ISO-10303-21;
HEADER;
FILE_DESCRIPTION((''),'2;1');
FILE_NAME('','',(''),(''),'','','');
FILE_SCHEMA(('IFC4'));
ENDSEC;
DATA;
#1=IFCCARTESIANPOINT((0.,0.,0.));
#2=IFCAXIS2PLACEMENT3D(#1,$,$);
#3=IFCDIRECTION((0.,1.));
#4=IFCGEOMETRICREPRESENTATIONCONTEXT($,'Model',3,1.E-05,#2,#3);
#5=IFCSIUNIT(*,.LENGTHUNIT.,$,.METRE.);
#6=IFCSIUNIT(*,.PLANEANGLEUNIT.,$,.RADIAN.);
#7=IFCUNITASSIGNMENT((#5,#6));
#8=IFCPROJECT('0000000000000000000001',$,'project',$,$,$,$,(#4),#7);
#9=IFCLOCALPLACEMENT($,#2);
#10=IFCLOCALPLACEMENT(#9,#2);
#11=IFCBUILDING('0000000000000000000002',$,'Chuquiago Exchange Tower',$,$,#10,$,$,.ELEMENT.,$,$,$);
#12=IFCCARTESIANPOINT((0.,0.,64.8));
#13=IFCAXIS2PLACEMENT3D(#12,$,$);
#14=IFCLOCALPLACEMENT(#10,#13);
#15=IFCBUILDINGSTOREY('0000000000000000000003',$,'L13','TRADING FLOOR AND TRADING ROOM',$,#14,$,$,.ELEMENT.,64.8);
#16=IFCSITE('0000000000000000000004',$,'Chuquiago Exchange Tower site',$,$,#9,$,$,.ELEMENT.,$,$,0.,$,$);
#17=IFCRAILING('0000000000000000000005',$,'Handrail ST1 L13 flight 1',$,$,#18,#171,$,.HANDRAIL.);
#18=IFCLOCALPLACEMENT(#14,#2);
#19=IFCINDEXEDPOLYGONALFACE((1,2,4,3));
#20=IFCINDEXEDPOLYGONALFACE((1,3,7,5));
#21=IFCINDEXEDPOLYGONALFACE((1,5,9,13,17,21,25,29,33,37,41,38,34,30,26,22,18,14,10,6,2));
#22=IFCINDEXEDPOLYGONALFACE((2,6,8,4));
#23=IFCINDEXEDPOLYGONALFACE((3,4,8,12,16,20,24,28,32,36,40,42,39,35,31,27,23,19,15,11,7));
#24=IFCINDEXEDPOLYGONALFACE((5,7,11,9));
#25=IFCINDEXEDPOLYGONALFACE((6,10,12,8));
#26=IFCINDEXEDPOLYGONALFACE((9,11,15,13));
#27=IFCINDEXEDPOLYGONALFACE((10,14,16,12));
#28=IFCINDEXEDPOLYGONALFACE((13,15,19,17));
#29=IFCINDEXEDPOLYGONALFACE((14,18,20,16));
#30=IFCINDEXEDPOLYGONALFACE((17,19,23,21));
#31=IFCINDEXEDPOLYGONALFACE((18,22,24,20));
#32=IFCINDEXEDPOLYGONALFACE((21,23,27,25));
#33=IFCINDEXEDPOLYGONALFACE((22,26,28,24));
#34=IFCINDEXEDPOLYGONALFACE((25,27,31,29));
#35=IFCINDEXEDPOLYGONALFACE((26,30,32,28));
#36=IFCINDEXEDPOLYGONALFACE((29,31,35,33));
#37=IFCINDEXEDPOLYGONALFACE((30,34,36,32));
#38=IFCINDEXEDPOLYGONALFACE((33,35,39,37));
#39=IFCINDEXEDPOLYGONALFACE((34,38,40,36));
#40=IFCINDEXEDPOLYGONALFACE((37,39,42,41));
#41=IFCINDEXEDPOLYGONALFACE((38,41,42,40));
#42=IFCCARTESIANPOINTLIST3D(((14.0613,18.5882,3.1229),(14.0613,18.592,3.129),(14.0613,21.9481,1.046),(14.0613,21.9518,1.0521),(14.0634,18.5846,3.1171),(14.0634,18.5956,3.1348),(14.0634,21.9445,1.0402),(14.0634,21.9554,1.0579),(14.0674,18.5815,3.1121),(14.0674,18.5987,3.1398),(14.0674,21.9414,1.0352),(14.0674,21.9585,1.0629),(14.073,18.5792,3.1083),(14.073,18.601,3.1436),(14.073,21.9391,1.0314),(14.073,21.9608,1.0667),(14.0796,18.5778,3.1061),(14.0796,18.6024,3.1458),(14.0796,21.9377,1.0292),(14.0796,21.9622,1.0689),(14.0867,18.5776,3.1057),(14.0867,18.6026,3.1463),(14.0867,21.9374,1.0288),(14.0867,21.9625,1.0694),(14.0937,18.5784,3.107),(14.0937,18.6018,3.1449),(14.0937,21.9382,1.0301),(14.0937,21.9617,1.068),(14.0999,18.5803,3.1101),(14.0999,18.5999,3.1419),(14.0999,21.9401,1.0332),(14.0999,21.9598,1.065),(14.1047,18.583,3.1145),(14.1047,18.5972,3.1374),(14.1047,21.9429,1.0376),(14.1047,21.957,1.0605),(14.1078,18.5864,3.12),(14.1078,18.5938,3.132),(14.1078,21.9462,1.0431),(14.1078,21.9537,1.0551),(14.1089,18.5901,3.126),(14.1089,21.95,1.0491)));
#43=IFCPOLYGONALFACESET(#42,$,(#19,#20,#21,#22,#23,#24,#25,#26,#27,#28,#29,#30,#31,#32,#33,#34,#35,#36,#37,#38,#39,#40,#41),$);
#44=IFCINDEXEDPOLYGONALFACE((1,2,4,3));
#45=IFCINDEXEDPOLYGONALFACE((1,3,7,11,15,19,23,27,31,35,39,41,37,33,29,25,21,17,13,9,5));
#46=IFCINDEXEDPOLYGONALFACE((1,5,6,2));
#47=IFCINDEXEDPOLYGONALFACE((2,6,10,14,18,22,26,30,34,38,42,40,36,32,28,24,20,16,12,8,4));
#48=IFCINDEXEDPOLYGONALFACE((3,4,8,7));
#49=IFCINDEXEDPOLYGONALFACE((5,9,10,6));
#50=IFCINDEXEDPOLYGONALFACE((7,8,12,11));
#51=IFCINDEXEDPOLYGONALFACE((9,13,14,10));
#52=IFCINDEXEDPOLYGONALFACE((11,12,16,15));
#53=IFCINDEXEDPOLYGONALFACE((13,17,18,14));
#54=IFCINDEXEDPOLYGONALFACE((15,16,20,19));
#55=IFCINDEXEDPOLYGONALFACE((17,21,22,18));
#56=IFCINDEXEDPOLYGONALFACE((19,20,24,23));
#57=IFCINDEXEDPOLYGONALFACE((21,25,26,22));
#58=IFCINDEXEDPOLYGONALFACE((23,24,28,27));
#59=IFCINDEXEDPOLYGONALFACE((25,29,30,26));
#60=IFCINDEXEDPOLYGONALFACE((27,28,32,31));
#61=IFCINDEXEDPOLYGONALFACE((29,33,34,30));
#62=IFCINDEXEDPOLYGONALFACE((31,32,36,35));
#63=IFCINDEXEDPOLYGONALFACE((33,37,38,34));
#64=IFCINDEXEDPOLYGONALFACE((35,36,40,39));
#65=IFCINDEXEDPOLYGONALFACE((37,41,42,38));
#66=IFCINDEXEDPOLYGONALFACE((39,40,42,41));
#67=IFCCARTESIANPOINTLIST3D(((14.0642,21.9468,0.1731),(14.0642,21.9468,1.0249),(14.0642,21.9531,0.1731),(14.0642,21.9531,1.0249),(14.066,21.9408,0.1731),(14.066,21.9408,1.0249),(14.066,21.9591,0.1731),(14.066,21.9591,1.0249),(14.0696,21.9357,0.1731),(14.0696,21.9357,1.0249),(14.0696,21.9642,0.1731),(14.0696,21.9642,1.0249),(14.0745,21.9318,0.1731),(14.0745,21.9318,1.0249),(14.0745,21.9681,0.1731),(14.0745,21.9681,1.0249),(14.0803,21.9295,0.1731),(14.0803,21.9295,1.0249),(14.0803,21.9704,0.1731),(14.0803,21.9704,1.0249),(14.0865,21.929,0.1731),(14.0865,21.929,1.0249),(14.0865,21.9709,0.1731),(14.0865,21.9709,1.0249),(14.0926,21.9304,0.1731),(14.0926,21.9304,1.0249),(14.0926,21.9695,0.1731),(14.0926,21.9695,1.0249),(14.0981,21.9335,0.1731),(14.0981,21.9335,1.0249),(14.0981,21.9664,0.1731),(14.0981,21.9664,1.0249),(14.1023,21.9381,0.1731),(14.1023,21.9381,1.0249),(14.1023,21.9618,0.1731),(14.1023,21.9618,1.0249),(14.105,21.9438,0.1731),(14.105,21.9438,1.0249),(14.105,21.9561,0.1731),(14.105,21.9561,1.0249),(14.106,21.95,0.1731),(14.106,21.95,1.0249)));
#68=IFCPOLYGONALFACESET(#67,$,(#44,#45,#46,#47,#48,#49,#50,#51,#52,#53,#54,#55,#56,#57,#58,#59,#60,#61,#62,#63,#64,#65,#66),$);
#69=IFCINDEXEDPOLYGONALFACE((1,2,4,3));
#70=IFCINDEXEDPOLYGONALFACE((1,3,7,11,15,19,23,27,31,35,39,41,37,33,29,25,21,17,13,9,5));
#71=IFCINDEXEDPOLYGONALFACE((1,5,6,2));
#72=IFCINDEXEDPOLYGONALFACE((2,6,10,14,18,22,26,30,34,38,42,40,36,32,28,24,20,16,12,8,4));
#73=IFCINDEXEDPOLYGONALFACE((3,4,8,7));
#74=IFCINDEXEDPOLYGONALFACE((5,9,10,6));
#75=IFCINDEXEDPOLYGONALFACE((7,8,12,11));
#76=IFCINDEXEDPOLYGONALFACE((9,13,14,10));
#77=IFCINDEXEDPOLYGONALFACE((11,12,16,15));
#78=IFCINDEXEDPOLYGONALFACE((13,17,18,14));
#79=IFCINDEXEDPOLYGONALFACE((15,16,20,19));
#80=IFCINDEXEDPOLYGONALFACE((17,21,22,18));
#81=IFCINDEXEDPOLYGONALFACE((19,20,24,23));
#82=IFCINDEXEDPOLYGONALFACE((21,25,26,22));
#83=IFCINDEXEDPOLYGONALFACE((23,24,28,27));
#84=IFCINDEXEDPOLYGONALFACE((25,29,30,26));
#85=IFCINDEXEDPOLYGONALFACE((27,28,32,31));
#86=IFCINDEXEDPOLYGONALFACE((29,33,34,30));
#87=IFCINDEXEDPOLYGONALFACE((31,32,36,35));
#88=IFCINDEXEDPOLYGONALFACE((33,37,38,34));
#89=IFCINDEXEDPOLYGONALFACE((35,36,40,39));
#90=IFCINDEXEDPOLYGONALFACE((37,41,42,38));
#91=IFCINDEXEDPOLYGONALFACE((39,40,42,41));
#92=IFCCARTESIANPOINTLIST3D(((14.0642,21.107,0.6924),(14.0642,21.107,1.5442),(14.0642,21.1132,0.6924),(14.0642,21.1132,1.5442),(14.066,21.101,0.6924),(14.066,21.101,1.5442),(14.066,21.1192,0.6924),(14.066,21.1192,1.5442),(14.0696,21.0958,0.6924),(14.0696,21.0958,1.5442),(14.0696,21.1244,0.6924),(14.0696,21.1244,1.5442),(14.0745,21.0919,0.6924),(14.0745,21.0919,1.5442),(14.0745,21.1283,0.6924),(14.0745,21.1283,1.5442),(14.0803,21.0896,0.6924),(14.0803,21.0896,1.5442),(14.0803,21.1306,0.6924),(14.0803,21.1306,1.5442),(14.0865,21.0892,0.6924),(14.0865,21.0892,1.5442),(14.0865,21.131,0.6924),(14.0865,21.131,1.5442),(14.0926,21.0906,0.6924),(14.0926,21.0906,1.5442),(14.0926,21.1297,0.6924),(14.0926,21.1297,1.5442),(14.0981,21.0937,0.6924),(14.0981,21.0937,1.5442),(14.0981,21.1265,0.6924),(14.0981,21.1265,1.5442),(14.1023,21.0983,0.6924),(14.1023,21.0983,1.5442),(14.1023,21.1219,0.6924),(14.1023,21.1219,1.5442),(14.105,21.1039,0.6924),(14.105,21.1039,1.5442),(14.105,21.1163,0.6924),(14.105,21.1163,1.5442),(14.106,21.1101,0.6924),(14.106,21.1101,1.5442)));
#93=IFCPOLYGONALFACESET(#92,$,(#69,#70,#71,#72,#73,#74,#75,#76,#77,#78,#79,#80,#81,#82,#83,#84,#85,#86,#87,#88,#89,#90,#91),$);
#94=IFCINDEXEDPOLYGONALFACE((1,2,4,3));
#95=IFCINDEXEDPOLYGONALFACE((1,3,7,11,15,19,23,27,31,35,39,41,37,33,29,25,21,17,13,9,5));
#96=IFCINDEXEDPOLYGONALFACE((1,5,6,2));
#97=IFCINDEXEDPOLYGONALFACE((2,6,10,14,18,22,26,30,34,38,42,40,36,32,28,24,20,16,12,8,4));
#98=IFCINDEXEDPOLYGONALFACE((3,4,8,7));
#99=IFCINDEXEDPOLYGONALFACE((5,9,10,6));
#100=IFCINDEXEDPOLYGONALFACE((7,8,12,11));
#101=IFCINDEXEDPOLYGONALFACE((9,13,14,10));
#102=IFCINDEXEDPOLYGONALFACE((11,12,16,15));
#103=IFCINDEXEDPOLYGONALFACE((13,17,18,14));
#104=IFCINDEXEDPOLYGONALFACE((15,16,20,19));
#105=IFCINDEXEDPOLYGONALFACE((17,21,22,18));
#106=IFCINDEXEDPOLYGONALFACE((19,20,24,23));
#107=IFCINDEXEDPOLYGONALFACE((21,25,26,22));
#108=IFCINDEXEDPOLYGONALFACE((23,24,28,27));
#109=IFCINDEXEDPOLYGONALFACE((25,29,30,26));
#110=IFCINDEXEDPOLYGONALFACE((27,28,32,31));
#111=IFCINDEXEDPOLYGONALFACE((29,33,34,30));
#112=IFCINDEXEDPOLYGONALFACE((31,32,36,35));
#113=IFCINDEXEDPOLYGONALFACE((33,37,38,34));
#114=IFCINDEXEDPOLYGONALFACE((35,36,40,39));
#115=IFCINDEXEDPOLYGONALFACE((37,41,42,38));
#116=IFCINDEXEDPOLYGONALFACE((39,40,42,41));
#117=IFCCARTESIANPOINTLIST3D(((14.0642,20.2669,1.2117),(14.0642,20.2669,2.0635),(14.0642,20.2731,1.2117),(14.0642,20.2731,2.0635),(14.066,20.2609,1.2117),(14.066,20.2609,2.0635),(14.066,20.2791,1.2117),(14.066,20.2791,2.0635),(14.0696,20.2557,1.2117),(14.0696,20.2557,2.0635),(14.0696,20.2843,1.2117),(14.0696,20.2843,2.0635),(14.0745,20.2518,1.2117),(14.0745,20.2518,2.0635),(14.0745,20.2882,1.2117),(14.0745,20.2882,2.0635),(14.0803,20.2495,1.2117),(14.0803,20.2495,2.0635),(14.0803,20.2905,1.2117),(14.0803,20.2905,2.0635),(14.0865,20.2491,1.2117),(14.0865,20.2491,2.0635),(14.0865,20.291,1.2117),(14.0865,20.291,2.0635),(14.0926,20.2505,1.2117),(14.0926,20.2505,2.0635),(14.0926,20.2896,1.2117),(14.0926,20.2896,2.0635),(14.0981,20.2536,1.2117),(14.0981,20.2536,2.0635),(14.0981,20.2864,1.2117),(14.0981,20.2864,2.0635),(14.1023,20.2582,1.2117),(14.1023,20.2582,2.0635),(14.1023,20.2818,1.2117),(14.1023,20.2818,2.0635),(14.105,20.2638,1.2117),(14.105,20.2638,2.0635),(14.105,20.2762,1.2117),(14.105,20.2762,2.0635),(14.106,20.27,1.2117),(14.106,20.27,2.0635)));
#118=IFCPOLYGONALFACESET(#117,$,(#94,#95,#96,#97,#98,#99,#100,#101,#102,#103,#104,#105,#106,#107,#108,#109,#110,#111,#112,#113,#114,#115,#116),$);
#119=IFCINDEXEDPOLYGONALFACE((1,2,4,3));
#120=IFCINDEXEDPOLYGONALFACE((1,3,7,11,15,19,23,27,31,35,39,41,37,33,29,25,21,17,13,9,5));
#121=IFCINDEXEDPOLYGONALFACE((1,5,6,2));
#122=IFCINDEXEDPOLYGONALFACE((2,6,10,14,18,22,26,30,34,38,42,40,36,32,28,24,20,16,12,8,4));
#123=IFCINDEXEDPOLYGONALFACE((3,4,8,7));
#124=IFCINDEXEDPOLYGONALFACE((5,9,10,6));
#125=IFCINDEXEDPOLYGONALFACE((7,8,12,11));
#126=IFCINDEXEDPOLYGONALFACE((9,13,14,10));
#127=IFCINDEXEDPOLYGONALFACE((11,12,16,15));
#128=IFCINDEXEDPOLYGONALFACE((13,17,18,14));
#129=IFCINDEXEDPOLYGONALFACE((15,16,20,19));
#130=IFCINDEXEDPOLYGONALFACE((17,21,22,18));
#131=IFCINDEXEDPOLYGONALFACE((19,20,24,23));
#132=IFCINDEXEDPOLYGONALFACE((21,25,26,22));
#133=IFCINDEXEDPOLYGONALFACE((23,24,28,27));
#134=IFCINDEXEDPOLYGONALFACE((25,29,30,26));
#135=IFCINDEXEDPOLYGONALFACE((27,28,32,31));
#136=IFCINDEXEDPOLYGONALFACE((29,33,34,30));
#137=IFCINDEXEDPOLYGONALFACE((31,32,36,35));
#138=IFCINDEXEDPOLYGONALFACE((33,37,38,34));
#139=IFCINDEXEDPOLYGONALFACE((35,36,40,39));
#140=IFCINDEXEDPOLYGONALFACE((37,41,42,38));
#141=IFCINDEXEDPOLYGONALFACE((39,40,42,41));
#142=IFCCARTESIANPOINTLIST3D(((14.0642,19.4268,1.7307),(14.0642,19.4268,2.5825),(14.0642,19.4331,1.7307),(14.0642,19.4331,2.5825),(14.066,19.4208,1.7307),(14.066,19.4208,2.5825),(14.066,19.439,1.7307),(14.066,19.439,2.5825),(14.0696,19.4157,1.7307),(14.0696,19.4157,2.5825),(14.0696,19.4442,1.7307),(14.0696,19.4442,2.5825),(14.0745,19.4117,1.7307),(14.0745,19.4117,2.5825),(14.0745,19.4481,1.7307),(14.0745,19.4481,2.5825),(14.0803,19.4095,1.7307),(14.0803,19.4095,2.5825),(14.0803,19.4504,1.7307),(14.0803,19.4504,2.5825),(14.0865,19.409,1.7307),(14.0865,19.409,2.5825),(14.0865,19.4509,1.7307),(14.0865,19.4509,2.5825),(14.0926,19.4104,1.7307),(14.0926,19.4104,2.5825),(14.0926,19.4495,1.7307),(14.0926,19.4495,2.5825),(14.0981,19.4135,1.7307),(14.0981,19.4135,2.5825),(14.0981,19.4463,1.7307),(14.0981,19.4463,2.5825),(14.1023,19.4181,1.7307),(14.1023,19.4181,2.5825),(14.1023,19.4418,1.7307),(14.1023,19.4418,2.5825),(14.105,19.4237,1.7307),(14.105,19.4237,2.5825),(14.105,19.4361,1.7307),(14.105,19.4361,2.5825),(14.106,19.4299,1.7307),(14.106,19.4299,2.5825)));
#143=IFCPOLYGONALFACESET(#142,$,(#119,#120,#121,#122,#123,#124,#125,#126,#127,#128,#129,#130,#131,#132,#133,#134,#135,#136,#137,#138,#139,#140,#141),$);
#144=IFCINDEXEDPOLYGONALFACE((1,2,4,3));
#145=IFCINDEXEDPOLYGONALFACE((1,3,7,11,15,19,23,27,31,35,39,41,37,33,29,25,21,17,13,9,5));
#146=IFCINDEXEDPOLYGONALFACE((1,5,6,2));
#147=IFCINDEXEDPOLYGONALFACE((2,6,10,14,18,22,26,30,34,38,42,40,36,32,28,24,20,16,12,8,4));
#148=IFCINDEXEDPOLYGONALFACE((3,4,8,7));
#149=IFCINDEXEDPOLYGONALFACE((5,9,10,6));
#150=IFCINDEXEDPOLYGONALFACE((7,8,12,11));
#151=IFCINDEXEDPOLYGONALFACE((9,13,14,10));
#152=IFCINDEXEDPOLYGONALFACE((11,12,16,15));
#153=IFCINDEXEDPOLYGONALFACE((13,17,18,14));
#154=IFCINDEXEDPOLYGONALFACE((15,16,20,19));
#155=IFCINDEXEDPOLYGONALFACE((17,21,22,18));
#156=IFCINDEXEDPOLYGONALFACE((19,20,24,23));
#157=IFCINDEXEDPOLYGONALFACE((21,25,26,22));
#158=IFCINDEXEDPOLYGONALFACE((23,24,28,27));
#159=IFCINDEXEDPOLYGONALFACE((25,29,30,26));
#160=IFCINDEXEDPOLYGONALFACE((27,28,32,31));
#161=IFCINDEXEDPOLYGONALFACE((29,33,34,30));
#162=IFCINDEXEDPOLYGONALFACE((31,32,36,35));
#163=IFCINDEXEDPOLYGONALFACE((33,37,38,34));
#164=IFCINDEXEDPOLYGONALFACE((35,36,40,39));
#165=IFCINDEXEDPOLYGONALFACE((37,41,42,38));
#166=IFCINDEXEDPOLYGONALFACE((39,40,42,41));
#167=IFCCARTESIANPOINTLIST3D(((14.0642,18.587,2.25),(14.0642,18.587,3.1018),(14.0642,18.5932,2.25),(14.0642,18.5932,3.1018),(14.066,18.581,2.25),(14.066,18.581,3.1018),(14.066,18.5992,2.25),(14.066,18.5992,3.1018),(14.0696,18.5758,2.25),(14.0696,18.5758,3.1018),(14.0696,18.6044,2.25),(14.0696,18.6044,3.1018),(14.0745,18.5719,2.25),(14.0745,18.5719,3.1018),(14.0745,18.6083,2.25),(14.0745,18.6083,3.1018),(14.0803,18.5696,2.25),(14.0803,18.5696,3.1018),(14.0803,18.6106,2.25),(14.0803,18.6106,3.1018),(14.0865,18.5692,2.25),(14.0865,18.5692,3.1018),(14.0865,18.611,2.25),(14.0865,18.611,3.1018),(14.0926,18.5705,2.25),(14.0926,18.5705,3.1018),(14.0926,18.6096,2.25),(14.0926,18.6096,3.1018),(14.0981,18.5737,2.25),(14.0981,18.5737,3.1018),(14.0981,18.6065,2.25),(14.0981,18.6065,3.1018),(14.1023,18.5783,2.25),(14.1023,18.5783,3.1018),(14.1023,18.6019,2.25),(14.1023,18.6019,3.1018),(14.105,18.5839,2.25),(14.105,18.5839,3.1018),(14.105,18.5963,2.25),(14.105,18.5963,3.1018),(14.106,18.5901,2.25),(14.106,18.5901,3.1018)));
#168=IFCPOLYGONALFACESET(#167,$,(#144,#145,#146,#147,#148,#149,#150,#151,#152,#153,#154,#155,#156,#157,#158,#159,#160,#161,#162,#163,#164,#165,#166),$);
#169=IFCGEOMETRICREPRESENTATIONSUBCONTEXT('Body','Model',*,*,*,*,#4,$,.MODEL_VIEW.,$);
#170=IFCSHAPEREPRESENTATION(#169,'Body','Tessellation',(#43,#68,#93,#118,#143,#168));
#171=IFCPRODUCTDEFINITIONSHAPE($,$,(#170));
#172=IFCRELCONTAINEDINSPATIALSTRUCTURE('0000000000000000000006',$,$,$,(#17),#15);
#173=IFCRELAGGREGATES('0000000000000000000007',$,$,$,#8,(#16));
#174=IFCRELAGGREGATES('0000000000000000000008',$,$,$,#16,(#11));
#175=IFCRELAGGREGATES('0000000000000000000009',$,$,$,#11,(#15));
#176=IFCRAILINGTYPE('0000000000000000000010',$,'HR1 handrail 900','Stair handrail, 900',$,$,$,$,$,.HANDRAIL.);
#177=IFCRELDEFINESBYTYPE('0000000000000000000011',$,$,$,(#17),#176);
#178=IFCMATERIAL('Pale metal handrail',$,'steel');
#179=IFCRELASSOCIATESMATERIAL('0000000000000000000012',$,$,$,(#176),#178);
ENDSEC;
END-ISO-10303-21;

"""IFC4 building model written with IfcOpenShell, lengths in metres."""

from ifc_helpers import new_model, si_unit, direction, frame, origin, origin_2d, place, context, subcontext, project, spatial, circle, extrude, material, type_object, element, save


model = new_model("IFC4")

# Units and contexts
model_context = context("Model", 3, precision=1e-05, world=origin(), true_north=direction((0.0, 1.0)))
body_context = subcontext(model_context, "Body", "Model", "MODEL_VIEW")
ifc_project = project(units=[si_unit("LENGTHUNIT", "METRE"), si_unit("PLANEANGLEUNIT", "RADIAN")], contexts=[model_context])

# Site, building, storey
site_placement = place(None, origin())
site = spatial("IfcSite", under=ifc_project, at=site_placement, Name="Chuquiago Exchange Tower site", CompositionType="ELEMENT", RefElevation=0.0)
building_placement = place(site_placement, origin())
building = spatial("IfcBuilding", under=site, at=building_placement, Name="Chuquiago Exchange Tower", CompositionType="ELEMENT")
storey_placement = place(building_placement, frame((0.0, 0.0, 64.8)))
storey = spatial("IfcBuildingStorey", under=building, at=storey_placement, Name="L13", Description="TRADING FLOOR AND TRADING ROOM", CompositionType="ELEMENT", Elevation=64.8)

# Railing
ifc_material_1 = material(Name="Pale metal handrail", Category="steel")
railing_type = type_object("IfcRailingType", Name="HR1 handrail 900", Description="Stair handrail, 900", PredefinedType="HANDRAIL", material=ifc_material_1)
for number, where, name in (
    (1, (14.085, 21.95, 0.1731), "Handrail ST1 L13 flight 1"),
):
    element("IfcRailing", number, at=place(storey_placement, frame(where)), inside=storey, type_object=railing_type, Name=name, PredefinedType="HANDRAIL", context=body_context, shape_type="SweptSolid", body=[
        extrude(circle(Radius=0.0239, at=origin_2d()), frame((0.0, 0.0, 0.876), z_axis=(0.0, -0.850606, 0.525803), x_axis=(1.0, 0.0, 0.0)), (0.0, 0.0, 1.0), 3.95),
        extrude(circle(Radius=0.021, at=origin_2d()), origin(), (0.0, 0.0, 1.0), 0.8518),
        extrude(circle(Radius=0.021, at=origin_2d()), frame((0.0, -0.8398, 0.5193)), (0.0, 0.0, 1.0), 0.8518),
        extrude(circle(Radius=0.021, at=origin_2d()), frame((0.0, -1.6799, 1.0386)), (0.0, 0.0, 1.0), 0.8518),
        extrude(circle(Radius=0.021, at=origin_2d()), frame((0.0, -2.52, 1.5576)), (0.0, 0.0, 1.0), 0.8518),
        extrude(circle(Radius=0.021, at=origin_2d()), frame((0.0, -3.3599, 2.0769)), (0.0, 0.0, 1.0), 0.8518),
    ])

save(model, "model.ifc")
